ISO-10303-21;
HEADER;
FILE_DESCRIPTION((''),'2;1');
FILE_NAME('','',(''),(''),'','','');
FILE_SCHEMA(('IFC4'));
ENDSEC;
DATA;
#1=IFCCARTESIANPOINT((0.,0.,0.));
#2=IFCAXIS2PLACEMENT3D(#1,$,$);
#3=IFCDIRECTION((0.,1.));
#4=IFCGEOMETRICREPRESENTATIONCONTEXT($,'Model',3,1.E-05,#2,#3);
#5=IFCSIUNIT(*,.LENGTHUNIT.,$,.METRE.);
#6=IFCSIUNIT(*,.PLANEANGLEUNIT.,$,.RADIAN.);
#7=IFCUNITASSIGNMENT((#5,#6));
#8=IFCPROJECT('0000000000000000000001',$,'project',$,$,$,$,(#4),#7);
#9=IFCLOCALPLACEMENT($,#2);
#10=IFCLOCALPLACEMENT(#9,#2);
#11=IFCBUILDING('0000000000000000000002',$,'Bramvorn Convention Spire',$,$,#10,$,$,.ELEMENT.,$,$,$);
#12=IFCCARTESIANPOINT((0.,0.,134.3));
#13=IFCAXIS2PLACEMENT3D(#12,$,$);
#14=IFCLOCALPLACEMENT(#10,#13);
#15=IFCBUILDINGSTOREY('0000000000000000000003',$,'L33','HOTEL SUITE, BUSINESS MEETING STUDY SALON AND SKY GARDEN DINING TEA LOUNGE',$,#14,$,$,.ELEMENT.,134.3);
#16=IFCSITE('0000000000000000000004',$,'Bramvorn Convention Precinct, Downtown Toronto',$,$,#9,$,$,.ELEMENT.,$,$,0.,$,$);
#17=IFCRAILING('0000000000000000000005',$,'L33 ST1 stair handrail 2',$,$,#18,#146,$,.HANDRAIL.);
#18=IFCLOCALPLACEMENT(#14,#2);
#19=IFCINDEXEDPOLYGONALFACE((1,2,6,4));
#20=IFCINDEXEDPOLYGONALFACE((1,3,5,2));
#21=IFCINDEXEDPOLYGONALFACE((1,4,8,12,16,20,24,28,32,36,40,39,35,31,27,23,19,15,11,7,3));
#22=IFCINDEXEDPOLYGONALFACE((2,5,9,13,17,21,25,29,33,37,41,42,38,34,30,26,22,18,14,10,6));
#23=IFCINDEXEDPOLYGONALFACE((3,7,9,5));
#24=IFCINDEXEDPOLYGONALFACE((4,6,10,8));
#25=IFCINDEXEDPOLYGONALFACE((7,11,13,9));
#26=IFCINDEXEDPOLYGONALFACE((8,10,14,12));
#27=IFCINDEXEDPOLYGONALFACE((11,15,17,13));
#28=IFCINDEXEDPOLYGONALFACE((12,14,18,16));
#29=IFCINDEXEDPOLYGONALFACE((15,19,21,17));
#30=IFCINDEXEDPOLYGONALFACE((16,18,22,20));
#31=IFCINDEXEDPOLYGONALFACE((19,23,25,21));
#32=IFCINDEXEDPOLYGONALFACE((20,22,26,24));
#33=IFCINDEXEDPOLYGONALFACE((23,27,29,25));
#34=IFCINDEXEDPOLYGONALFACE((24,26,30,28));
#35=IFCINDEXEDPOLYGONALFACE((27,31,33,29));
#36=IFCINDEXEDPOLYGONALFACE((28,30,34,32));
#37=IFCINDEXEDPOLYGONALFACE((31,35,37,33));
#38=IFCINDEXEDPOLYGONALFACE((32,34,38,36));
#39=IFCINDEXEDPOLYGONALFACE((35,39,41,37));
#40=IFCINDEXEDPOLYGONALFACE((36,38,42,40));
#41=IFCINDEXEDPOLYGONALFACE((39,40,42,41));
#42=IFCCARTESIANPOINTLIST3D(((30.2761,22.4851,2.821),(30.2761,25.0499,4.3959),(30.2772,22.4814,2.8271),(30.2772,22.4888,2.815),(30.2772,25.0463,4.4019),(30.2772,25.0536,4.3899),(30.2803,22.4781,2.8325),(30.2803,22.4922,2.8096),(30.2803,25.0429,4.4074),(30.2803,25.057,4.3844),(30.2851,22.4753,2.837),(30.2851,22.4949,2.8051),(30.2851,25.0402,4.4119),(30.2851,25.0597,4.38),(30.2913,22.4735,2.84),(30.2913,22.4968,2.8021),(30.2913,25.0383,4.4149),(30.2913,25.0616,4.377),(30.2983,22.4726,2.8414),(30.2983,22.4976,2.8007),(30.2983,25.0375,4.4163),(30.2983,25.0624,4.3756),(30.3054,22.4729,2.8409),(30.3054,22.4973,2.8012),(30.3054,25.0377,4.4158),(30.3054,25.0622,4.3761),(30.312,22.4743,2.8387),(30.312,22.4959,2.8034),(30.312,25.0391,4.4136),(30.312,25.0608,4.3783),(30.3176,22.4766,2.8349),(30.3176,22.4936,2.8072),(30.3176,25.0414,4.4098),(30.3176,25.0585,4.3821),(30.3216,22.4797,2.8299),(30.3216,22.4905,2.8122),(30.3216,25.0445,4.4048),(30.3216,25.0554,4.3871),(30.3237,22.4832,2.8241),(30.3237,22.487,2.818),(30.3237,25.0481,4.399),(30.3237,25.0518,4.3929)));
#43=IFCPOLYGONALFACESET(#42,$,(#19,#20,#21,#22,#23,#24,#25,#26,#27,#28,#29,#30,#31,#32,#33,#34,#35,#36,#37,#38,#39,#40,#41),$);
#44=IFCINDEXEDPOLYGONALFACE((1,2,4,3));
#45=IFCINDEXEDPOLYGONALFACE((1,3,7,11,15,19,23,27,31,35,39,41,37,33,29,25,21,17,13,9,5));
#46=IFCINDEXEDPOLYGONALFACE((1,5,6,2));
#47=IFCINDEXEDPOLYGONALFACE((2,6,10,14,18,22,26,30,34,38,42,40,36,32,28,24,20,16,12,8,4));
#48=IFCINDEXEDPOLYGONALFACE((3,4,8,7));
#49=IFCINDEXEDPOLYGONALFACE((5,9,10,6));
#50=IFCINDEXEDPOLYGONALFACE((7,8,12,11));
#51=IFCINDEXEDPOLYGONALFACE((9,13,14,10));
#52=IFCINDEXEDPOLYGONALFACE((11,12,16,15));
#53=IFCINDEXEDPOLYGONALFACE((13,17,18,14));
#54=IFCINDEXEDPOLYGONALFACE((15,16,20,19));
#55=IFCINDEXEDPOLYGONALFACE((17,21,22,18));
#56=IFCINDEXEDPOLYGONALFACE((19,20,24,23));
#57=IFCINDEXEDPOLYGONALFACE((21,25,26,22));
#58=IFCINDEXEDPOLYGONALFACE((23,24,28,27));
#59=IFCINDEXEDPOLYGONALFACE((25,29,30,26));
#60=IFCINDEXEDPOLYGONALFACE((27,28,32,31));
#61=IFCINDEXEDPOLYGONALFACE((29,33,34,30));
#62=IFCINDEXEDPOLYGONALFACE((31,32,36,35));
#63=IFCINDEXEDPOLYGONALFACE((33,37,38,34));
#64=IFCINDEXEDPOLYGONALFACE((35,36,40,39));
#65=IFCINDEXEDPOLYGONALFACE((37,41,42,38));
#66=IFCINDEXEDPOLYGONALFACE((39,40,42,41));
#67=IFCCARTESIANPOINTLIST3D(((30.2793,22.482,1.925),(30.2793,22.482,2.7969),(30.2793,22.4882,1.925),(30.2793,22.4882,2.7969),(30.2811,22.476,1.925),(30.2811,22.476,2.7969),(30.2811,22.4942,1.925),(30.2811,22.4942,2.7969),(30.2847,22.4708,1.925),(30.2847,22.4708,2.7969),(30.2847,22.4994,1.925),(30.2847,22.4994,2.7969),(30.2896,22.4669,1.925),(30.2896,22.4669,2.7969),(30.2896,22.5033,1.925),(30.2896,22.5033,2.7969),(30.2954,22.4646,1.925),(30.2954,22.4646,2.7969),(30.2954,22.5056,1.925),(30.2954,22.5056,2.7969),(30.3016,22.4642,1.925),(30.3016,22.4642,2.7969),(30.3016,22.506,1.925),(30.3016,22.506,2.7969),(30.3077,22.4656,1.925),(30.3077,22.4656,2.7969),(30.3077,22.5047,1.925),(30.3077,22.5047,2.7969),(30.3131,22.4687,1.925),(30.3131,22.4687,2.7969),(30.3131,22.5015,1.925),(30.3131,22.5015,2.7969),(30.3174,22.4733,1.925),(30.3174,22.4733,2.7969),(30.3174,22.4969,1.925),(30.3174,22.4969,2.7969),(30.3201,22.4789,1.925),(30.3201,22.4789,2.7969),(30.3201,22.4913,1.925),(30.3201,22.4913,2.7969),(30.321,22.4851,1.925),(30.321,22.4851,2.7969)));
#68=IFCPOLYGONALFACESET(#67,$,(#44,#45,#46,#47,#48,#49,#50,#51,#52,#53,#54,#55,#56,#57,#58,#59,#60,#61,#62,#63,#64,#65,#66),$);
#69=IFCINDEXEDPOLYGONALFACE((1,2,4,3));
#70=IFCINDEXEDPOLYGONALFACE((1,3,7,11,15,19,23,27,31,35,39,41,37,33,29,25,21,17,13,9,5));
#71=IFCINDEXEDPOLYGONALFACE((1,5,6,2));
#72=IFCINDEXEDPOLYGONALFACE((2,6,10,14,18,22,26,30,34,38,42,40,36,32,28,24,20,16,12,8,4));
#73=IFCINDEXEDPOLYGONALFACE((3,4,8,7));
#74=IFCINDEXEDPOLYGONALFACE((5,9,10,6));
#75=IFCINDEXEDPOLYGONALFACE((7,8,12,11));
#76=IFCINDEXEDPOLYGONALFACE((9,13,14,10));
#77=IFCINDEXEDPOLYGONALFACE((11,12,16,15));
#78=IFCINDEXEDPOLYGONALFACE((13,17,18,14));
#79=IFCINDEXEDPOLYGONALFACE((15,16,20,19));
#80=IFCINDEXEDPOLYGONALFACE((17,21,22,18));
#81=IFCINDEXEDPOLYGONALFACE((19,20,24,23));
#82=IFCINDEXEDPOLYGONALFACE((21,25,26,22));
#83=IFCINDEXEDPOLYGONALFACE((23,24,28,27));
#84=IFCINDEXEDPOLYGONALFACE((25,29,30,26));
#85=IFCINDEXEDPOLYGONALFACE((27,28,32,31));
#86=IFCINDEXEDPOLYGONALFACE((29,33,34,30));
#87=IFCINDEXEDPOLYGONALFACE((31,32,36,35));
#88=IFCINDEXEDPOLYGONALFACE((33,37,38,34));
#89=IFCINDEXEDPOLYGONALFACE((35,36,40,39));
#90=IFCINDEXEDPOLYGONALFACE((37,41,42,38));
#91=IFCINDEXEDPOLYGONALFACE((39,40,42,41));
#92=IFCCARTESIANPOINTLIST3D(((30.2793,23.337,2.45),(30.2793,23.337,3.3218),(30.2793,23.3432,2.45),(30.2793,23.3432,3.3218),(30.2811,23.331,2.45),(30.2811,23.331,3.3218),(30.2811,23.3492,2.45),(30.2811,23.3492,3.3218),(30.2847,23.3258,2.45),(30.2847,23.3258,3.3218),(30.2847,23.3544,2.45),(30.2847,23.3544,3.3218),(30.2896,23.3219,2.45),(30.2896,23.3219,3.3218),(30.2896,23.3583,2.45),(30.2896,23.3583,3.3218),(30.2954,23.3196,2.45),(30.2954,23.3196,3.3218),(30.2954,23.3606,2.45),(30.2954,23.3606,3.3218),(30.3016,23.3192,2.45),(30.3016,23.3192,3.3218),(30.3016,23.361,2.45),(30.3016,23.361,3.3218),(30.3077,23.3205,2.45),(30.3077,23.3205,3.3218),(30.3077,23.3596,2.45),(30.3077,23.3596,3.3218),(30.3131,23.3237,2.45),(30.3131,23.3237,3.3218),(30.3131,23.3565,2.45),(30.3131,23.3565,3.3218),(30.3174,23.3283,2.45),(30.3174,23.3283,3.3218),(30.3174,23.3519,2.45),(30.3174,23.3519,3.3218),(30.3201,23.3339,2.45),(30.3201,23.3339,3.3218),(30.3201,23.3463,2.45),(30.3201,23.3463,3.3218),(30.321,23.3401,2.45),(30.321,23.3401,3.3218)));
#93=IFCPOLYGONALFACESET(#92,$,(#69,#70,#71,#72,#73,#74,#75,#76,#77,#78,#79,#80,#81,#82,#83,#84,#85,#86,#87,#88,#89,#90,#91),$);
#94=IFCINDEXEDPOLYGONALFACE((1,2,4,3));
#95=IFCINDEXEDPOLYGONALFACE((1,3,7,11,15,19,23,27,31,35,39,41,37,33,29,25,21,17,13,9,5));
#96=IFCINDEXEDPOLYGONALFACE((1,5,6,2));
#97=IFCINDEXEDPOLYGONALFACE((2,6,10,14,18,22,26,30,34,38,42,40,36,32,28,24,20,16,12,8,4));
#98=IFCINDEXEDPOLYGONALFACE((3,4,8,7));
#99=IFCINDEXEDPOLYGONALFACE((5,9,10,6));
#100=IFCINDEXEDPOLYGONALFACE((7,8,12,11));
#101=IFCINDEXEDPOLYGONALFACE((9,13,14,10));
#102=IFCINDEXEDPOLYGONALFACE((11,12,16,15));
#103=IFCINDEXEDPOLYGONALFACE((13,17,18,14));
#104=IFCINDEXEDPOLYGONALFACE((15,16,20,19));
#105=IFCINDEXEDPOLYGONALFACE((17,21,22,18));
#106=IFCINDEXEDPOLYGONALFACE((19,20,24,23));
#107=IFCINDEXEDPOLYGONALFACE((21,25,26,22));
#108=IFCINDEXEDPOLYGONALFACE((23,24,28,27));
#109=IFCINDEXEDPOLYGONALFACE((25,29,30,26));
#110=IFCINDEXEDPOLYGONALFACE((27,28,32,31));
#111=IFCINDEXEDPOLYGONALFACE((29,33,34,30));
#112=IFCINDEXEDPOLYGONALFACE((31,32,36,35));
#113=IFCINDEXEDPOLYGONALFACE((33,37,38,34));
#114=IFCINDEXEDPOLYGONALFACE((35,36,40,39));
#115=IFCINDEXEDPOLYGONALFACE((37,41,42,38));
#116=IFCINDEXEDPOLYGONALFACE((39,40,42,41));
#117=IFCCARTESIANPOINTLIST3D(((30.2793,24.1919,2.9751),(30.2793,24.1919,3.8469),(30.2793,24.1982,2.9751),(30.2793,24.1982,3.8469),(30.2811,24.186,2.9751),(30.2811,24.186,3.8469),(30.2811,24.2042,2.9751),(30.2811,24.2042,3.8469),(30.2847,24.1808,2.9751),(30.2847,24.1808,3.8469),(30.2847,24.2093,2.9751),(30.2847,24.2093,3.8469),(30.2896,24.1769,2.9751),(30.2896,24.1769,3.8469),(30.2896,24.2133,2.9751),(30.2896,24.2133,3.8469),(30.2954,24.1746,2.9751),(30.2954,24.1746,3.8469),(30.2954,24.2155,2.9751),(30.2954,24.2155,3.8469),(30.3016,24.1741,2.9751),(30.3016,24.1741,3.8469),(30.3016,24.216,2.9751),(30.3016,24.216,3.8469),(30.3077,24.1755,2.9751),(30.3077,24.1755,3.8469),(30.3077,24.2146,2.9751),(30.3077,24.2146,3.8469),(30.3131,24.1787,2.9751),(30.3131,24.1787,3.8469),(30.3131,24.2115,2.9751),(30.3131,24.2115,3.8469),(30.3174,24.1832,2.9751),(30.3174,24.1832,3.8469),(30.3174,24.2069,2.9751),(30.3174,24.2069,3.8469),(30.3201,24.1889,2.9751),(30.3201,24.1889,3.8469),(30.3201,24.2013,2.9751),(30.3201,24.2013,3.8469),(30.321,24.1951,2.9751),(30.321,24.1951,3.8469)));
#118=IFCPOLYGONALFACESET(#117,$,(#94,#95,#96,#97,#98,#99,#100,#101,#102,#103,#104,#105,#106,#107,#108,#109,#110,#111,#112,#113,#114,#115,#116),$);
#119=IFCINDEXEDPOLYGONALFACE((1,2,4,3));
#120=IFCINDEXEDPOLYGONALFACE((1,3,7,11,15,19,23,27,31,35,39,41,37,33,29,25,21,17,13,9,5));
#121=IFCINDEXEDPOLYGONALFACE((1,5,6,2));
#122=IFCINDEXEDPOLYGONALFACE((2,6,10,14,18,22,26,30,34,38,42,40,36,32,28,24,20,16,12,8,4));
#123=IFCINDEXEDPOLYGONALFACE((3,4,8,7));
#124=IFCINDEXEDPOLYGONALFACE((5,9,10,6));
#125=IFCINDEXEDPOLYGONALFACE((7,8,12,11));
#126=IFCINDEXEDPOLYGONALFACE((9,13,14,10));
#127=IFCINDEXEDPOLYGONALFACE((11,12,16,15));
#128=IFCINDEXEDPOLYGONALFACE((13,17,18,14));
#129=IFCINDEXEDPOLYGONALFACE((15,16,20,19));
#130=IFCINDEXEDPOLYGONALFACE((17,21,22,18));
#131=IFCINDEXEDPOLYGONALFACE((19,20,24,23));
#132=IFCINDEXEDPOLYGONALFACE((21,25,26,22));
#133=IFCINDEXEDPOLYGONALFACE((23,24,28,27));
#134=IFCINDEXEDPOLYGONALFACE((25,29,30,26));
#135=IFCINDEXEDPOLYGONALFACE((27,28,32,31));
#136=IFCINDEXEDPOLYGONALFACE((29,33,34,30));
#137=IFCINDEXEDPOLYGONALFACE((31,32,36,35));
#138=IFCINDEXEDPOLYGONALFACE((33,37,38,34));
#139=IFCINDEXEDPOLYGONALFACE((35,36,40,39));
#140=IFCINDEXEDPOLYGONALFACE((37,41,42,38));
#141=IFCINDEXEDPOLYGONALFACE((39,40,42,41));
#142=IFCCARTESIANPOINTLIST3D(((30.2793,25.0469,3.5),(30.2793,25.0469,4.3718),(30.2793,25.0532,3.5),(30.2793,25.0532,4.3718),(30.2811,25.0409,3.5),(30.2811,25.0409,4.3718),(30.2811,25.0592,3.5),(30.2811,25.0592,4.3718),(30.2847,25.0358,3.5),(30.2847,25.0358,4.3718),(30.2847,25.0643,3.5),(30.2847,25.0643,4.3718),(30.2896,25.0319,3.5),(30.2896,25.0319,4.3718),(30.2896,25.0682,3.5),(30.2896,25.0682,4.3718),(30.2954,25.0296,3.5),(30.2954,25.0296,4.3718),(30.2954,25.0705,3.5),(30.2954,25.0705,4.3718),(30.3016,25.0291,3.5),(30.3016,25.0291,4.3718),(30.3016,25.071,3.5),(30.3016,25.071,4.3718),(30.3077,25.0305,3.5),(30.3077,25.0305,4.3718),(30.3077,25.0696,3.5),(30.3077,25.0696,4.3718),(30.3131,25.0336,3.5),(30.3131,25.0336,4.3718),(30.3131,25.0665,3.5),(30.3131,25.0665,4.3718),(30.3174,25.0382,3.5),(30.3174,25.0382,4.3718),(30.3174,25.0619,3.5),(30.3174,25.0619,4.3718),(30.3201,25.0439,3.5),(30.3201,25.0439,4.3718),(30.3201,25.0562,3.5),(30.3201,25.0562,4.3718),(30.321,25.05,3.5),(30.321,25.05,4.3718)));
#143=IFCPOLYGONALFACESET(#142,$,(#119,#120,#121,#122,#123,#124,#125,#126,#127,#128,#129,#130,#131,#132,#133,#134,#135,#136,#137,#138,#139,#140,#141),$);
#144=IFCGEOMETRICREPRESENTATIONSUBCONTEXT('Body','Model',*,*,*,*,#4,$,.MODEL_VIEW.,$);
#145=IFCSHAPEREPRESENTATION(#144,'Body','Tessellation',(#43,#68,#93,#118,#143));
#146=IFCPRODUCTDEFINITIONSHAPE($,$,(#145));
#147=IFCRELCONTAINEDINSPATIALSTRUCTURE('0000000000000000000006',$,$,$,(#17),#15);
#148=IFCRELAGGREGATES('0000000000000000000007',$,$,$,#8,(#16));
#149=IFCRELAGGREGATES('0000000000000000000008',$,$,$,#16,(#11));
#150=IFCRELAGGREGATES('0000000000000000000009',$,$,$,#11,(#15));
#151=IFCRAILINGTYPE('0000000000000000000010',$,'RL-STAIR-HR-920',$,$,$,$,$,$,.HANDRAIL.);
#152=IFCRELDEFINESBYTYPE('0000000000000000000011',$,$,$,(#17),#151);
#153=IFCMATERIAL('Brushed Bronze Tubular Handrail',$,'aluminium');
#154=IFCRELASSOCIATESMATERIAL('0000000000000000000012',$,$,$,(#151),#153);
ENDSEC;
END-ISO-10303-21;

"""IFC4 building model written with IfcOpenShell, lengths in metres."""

from ifc_helpers import new_model, si_unit, direction, frame, origin, origin_2d, place, context, subcontext, project, spatial, circle, extrude, material, type_object, element, save


model = new_model("IFC4")

# Units and contexts
model_context = context("Model", 3, precision=1e-05, world=origin(), true_north=direction((0.0, 1.0)))
body_context = subcontext(model_context, "Body", "Model", "MODEL_VIEW")
ifc_project = project(units=[si_unit("LENGTHUNIT", "METRE"), si_unit("PLANEANGLEUNIT", "RADIAN")], contexts=[model_context])

# Site, building, storey
site_placement = place(None, origin())
site = spatial("IfcSite", under=ifc_project, at=site_placement, Name="Bramvorn Convention Precinct, Downtown Toronto", CompositionType="ELEMENT", RefElevation=0.0)
building_placement = place(site_placement, origin())
building = spatial("IfcBuilding", under=site, at=building_placement, Name="Bramvorn Convention Spire", CompositionType="ELEMENT")
storey_placement = place(building_placement, frame((0.0, 0.0, 134.3)))
storey = spatial("IfcBuildingStorey", under=building, at=storey_placement, Name="L33", Description="HOTEL SUITE, BUSINESS MEETING STUDY SALON AND SKY GARDEN DINING TEA LOUNGE", CompositionType="ELEMENT", Elevation=134.3)

# Railing
ifc_material_1 = material(Name="Brushed Bronze Tubular Handrail", Category="aluminium")
railing_type_1 = type_object("IfcRailingType", Name="RL-STAIR-HR-920", PredefinedType="HANDRAIL", material=ifc_material_1)
railing_1_placement = place(storey_placement, frame((30.3, 22.4851, 1.925)))
element("IfcRailing", 1, at=railing_1_placement, inside=storey, type_object=railing_type_1, Name="L33 ST1 stair handrail 2", PredefinedType="HANDRAIL", context=body_context, shape_type="SweptSolid", body=[
    extrude(circle(Radius=0.0239, at=origin_2d()), frame((0.0, 0.0, 0.896), z_axis=(0.0, 0.852173, 0.52326), x_axis=(-1.0, 0.0, 0.0)), (0.0, 0.0, 1.0), 3.0098),
    extrude(circle(Radius=0.021, at=origin_2d()), origin(), (0.0, 0.0, 1.0), 0.8718),
    extrude(circle(Radius=0.021, at=origin_2d()), frame((0.0, 0.855, 0.5249)), (0.0, 0.0, 1.0), 0.8718),
    extrude(circle(Radius=0.021, at=origin_2d()), frame((0.0, 1.71, 1.05)), (0.0, 0.0, 1.0), 0.8718),
    extrude(circle(Radius=0.021, at=origin_2d()), frame((0.0, 2.5649, 1.575)), (0.0, 0.0, 1.0), 0.8718),
])

save(model, "model.ifc")
